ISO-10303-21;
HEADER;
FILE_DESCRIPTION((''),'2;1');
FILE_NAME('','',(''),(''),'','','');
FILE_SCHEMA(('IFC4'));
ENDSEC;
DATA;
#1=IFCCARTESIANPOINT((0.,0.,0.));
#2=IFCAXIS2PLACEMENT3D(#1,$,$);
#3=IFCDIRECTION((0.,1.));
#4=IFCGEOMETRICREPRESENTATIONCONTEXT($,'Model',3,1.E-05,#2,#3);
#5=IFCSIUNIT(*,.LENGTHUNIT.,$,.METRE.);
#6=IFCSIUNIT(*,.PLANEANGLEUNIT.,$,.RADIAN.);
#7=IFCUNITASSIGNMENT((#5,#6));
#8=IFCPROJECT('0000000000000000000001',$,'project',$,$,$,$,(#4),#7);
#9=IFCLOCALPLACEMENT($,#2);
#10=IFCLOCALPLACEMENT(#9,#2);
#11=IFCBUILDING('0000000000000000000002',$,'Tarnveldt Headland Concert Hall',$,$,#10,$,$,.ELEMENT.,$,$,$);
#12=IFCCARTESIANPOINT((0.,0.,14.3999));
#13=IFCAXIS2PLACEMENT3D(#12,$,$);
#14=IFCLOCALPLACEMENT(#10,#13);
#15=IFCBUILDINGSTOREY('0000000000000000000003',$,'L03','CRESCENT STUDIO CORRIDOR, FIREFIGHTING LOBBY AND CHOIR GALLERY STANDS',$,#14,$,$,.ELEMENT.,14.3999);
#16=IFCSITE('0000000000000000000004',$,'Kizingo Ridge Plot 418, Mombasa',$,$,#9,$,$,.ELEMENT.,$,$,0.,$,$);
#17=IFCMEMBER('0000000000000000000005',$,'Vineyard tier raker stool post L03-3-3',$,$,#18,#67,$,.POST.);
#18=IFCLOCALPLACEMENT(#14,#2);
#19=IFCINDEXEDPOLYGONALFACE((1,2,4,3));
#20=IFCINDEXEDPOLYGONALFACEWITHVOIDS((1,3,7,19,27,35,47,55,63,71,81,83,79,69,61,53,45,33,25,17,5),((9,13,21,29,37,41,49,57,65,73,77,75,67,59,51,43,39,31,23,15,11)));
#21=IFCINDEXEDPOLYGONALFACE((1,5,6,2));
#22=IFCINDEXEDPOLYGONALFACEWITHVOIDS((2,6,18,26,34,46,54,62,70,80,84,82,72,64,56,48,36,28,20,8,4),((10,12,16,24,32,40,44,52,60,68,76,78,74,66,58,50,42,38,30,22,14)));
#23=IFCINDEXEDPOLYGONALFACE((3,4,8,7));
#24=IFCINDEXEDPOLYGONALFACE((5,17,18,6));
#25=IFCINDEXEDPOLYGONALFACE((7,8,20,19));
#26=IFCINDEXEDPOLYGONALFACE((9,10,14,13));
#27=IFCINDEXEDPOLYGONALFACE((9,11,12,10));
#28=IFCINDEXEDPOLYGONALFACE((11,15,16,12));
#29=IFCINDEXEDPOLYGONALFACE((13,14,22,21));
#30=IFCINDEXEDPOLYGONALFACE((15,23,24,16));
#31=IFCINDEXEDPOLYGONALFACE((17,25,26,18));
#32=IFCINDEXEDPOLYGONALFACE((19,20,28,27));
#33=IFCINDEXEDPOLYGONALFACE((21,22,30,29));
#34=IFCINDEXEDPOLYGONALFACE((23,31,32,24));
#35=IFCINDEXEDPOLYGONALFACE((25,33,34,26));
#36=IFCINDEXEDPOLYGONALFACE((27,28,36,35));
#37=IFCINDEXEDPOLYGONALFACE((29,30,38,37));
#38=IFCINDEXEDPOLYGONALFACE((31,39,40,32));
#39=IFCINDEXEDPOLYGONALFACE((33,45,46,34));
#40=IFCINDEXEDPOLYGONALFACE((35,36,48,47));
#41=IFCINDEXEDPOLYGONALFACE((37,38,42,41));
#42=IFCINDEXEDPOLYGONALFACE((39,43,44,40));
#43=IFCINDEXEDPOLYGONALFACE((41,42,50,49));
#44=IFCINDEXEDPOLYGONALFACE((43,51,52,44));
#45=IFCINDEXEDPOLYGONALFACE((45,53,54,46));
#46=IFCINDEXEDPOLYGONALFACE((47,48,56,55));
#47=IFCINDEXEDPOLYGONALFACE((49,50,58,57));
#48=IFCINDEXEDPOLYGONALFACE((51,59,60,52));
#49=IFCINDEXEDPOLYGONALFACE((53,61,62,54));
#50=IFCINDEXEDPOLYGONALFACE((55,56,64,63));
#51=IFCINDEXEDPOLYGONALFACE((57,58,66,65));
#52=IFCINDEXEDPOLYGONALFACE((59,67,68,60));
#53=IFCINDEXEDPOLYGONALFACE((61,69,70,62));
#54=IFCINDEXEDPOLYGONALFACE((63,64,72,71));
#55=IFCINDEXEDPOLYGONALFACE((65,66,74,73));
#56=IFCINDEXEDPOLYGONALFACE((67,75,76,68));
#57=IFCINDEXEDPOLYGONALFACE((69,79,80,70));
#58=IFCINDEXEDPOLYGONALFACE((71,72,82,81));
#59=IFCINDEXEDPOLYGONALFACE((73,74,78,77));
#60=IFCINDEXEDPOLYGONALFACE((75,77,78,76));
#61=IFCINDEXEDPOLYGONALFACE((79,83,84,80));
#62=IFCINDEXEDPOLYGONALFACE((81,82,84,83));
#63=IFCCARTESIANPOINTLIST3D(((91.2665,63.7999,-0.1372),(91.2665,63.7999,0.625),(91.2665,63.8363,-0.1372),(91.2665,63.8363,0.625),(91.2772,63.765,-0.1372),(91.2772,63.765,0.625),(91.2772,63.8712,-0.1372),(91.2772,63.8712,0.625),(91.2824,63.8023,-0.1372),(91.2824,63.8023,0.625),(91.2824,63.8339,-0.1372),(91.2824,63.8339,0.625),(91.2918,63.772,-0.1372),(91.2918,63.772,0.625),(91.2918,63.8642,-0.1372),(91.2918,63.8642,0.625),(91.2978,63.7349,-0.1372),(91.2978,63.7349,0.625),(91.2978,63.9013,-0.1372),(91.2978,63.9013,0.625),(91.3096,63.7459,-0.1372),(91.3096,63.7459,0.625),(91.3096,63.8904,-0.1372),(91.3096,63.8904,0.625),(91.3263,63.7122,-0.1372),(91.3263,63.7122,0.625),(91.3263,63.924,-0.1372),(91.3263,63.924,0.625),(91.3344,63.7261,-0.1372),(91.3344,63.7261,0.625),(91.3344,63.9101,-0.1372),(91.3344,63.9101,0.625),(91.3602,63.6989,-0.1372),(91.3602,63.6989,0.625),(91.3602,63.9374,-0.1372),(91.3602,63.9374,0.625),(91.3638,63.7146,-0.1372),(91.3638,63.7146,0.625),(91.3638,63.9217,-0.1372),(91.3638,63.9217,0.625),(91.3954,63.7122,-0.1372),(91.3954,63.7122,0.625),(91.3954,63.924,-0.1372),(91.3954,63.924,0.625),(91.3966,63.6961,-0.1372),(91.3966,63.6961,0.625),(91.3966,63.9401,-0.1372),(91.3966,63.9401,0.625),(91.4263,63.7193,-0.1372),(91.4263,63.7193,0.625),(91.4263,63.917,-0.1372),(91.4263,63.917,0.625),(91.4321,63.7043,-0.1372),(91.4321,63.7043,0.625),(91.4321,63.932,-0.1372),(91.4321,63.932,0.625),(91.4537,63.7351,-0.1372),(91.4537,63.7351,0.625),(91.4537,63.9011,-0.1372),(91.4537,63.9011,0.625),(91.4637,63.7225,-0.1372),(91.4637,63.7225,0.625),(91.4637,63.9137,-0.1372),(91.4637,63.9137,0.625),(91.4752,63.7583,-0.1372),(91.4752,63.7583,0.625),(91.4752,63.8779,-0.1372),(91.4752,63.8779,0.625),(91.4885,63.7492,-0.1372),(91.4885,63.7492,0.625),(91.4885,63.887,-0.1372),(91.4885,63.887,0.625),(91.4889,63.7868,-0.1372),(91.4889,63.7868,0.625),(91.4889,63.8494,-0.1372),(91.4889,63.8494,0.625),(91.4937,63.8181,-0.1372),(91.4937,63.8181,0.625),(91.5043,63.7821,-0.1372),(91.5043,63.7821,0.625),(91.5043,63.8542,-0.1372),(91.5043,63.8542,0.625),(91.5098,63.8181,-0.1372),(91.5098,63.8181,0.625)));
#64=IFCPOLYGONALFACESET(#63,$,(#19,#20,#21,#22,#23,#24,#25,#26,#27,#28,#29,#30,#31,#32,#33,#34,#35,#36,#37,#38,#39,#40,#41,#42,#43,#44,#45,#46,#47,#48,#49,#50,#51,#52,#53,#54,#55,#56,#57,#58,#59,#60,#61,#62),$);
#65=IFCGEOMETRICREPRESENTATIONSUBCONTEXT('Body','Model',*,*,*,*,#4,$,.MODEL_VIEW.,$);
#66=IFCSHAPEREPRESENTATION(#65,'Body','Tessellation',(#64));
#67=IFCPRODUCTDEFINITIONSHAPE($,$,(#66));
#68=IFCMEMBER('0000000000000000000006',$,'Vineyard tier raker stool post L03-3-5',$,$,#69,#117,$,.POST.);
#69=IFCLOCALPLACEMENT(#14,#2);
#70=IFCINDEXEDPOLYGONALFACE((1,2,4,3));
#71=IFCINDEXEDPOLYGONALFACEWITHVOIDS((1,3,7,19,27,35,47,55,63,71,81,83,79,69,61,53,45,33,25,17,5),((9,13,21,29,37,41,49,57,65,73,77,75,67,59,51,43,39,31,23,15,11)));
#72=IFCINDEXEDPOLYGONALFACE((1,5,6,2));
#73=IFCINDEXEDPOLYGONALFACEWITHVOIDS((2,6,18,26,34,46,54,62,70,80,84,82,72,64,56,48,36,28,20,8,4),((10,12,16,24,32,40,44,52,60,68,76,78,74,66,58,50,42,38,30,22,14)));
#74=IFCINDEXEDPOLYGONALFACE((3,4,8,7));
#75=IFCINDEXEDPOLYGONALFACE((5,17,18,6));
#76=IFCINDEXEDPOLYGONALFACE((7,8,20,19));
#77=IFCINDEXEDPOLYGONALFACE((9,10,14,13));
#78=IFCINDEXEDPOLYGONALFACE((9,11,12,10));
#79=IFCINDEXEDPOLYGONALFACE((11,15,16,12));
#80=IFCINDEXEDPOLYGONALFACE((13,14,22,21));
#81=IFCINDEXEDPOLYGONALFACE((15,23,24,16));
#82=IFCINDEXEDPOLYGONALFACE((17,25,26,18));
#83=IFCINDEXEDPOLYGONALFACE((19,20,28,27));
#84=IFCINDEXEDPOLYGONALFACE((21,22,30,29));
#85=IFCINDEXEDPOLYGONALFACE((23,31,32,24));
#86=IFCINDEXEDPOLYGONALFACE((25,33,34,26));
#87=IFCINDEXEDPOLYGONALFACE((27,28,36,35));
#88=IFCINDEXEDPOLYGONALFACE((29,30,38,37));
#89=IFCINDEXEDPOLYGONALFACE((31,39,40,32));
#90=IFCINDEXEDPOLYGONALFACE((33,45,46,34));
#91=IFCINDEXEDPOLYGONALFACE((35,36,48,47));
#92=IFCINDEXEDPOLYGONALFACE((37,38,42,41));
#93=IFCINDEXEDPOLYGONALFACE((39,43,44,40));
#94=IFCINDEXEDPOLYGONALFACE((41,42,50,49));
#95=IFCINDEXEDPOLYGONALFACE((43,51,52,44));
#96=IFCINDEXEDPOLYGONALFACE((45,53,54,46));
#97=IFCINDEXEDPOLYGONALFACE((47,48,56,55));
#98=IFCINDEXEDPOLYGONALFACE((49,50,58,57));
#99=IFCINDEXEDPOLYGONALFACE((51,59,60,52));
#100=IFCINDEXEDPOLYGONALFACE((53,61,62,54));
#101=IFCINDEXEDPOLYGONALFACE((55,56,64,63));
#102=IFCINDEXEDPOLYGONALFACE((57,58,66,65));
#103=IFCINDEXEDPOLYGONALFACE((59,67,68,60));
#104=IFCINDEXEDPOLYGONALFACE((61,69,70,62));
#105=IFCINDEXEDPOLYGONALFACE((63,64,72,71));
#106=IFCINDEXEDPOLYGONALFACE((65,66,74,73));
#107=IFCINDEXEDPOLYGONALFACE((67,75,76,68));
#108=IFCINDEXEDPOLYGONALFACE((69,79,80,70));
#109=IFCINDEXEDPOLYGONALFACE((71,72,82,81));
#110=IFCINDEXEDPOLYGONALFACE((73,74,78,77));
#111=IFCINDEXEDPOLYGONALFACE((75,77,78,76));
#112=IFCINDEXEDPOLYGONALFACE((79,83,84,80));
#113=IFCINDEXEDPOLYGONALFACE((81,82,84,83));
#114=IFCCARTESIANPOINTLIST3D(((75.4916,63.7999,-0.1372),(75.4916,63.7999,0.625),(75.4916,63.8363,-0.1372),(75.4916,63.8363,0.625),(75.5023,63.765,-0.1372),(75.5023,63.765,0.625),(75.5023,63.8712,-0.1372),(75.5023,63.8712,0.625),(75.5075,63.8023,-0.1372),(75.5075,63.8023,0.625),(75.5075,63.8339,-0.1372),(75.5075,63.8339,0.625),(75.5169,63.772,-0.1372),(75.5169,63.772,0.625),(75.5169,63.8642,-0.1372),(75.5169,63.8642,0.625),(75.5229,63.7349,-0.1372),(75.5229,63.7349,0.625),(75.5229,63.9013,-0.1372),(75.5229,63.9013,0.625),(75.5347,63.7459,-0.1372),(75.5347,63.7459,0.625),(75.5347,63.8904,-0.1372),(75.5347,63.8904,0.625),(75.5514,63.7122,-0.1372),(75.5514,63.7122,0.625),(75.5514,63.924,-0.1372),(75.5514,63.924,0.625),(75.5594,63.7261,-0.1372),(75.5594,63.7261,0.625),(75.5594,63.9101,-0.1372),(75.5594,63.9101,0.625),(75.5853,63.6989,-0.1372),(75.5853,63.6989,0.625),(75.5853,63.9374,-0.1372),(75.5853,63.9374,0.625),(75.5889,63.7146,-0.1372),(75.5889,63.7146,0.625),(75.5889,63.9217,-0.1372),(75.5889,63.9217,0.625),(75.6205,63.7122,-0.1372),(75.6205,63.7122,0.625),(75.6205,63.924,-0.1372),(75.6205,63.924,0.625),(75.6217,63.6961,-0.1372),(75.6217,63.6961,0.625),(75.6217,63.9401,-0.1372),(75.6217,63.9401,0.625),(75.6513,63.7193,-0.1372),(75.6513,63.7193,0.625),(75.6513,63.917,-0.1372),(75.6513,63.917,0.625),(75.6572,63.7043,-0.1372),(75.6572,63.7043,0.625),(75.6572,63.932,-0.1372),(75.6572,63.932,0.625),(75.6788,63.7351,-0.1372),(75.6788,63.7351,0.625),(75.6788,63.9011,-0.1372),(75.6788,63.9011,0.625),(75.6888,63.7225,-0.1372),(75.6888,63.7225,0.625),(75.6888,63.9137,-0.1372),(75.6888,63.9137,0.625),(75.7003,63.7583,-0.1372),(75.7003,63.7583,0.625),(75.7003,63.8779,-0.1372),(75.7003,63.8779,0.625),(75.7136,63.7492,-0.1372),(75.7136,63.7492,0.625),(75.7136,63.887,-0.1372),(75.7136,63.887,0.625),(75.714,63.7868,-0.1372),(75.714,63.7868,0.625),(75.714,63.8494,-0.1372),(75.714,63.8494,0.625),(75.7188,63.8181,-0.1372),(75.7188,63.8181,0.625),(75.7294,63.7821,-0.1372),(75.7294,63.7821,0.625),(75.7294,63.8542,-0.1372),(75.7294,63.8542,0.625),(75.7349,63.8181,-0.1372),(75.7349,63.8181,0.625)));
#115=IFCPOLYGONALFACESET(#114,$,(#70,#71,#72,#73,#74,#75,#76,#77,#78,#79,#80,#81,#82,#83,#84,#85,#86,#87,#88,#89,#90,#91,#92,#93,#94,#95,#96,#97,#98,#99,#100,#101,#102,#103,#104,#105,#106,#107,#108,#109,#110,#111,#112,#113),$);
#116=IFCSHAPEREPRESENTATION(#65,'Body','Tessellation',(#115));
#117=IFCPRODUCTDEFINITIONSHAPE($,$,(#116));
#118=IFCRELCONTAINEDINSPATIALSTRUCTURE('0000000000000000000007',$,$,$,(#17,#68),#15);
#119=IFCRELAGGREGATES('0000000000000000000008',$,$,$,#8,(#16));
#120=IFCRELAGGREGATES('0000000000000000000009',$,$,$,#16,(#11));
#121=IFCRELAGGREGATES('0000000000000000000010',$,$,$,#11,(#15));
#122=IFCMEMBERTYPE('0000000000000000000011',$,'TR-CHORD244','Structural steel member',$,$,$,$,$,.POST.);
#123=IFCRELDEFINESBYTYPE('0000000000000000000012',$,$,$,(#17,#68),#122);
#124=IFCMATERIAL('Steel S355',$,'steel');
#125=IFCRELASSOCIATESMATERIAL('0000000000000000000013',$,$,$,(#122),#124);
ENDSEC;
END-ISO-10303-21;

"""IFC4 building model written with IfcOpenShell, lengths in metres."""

from ifc_helpers import new_model, si_unit, direction, frame, origin, origin_2d, place, context, subcontext, project, spatial, hollow_circle, extrude, material, material_profile, profile_set, type_object, element, save


model = new_model("IFC4")

# Units and contexts
model_context = context("Model", 3, precision=1e-05, world=origin(), true_north=direction((0.0, 1.0)))
body_context = subcontext(model_context, "Body", "Model", "MODEL_VIEW")
ifc_project = project(units=[si_unit("LENGTHUNIT", "METRE"), si_unit("PLANEANGLEUNIT", "RADIAN")], contexts=[model_context])

# Site, building, storey
site_placement = place(None, origin())
site = spatial("IfcSite", under=ifc_project, at=site_placement, Name="Kizingo Ridge Plot 418, Mombasa", CompositionType="ELEMENT", RefElevation=0.0)
building_placement = place(site_placement, origin())
building = spatial("IfcBuilding", under=site, at=building_placement, Name="Tarnveldt Headland Concert Hall", CompositionType="ELEMENT")
storey_placement = place(building_placement, frame((0.0, 0.0, 14.3999)))
storey = spatial("IfcBuildingStorey", under=building, at=storey_placement, Name="L03", Description="CRESCENT STUDIO CORRIDOR, FIREFIGHTING LOBBY AND CHOIR GALLERY STANDS", CompositionType="ELEMENT", Elevation=14.3999)

# Shared definitions
ifc_material_1 = material(Name="Steel S355", Category="steel")

# Members
ifc_material_profile_1 = material_profile(ifc_material_1, hollow_circle(Radius=0.1223, WallThickness=0.0161, at=origin_2d()), Name="CHS 244.5x16", Category="steel")
ifc_profile_set_1 = profile_set([ifc_material_profile_1], Name="Steel S355")
member_type = type_object("IfcMemberType", Name="TR-CHORD244", Description="Structural steel member", PredefinedType="POST", material=ifc_profile_set_1)
for number, where, z_axis, x_axis, name in (
    (1, (91.3875, 63.8181, -0.1372), (0.0, 0.0, 1.0), (1.0, 0.0, 0.0), "Vineyard tier raker stool post L03-3-3"),
    (2, (75.6125, 63.8181, -0.1372), (0.0, 0.0, 1.0), (1.0, 0.0, 0.0), "Vineyard tier raker stool post L03-3-5"),
):
    element("IfcMember", number, at=place(storey_placement, frame(where, z_axis=z_axis, x_axis=x_axis)), inside=storey, type_object=member_type, Name=name, PredefinedType="POST", context=body_context, shape_type="SweptSolid", body=[
        extrude(hollow_circle(Radius=0.1223, WallThickness=0.0161, at=origin_2d()), origin(), (0.0, 0.0, 1.0), 0.7622),
    ])

save(model, "model.ifc")
